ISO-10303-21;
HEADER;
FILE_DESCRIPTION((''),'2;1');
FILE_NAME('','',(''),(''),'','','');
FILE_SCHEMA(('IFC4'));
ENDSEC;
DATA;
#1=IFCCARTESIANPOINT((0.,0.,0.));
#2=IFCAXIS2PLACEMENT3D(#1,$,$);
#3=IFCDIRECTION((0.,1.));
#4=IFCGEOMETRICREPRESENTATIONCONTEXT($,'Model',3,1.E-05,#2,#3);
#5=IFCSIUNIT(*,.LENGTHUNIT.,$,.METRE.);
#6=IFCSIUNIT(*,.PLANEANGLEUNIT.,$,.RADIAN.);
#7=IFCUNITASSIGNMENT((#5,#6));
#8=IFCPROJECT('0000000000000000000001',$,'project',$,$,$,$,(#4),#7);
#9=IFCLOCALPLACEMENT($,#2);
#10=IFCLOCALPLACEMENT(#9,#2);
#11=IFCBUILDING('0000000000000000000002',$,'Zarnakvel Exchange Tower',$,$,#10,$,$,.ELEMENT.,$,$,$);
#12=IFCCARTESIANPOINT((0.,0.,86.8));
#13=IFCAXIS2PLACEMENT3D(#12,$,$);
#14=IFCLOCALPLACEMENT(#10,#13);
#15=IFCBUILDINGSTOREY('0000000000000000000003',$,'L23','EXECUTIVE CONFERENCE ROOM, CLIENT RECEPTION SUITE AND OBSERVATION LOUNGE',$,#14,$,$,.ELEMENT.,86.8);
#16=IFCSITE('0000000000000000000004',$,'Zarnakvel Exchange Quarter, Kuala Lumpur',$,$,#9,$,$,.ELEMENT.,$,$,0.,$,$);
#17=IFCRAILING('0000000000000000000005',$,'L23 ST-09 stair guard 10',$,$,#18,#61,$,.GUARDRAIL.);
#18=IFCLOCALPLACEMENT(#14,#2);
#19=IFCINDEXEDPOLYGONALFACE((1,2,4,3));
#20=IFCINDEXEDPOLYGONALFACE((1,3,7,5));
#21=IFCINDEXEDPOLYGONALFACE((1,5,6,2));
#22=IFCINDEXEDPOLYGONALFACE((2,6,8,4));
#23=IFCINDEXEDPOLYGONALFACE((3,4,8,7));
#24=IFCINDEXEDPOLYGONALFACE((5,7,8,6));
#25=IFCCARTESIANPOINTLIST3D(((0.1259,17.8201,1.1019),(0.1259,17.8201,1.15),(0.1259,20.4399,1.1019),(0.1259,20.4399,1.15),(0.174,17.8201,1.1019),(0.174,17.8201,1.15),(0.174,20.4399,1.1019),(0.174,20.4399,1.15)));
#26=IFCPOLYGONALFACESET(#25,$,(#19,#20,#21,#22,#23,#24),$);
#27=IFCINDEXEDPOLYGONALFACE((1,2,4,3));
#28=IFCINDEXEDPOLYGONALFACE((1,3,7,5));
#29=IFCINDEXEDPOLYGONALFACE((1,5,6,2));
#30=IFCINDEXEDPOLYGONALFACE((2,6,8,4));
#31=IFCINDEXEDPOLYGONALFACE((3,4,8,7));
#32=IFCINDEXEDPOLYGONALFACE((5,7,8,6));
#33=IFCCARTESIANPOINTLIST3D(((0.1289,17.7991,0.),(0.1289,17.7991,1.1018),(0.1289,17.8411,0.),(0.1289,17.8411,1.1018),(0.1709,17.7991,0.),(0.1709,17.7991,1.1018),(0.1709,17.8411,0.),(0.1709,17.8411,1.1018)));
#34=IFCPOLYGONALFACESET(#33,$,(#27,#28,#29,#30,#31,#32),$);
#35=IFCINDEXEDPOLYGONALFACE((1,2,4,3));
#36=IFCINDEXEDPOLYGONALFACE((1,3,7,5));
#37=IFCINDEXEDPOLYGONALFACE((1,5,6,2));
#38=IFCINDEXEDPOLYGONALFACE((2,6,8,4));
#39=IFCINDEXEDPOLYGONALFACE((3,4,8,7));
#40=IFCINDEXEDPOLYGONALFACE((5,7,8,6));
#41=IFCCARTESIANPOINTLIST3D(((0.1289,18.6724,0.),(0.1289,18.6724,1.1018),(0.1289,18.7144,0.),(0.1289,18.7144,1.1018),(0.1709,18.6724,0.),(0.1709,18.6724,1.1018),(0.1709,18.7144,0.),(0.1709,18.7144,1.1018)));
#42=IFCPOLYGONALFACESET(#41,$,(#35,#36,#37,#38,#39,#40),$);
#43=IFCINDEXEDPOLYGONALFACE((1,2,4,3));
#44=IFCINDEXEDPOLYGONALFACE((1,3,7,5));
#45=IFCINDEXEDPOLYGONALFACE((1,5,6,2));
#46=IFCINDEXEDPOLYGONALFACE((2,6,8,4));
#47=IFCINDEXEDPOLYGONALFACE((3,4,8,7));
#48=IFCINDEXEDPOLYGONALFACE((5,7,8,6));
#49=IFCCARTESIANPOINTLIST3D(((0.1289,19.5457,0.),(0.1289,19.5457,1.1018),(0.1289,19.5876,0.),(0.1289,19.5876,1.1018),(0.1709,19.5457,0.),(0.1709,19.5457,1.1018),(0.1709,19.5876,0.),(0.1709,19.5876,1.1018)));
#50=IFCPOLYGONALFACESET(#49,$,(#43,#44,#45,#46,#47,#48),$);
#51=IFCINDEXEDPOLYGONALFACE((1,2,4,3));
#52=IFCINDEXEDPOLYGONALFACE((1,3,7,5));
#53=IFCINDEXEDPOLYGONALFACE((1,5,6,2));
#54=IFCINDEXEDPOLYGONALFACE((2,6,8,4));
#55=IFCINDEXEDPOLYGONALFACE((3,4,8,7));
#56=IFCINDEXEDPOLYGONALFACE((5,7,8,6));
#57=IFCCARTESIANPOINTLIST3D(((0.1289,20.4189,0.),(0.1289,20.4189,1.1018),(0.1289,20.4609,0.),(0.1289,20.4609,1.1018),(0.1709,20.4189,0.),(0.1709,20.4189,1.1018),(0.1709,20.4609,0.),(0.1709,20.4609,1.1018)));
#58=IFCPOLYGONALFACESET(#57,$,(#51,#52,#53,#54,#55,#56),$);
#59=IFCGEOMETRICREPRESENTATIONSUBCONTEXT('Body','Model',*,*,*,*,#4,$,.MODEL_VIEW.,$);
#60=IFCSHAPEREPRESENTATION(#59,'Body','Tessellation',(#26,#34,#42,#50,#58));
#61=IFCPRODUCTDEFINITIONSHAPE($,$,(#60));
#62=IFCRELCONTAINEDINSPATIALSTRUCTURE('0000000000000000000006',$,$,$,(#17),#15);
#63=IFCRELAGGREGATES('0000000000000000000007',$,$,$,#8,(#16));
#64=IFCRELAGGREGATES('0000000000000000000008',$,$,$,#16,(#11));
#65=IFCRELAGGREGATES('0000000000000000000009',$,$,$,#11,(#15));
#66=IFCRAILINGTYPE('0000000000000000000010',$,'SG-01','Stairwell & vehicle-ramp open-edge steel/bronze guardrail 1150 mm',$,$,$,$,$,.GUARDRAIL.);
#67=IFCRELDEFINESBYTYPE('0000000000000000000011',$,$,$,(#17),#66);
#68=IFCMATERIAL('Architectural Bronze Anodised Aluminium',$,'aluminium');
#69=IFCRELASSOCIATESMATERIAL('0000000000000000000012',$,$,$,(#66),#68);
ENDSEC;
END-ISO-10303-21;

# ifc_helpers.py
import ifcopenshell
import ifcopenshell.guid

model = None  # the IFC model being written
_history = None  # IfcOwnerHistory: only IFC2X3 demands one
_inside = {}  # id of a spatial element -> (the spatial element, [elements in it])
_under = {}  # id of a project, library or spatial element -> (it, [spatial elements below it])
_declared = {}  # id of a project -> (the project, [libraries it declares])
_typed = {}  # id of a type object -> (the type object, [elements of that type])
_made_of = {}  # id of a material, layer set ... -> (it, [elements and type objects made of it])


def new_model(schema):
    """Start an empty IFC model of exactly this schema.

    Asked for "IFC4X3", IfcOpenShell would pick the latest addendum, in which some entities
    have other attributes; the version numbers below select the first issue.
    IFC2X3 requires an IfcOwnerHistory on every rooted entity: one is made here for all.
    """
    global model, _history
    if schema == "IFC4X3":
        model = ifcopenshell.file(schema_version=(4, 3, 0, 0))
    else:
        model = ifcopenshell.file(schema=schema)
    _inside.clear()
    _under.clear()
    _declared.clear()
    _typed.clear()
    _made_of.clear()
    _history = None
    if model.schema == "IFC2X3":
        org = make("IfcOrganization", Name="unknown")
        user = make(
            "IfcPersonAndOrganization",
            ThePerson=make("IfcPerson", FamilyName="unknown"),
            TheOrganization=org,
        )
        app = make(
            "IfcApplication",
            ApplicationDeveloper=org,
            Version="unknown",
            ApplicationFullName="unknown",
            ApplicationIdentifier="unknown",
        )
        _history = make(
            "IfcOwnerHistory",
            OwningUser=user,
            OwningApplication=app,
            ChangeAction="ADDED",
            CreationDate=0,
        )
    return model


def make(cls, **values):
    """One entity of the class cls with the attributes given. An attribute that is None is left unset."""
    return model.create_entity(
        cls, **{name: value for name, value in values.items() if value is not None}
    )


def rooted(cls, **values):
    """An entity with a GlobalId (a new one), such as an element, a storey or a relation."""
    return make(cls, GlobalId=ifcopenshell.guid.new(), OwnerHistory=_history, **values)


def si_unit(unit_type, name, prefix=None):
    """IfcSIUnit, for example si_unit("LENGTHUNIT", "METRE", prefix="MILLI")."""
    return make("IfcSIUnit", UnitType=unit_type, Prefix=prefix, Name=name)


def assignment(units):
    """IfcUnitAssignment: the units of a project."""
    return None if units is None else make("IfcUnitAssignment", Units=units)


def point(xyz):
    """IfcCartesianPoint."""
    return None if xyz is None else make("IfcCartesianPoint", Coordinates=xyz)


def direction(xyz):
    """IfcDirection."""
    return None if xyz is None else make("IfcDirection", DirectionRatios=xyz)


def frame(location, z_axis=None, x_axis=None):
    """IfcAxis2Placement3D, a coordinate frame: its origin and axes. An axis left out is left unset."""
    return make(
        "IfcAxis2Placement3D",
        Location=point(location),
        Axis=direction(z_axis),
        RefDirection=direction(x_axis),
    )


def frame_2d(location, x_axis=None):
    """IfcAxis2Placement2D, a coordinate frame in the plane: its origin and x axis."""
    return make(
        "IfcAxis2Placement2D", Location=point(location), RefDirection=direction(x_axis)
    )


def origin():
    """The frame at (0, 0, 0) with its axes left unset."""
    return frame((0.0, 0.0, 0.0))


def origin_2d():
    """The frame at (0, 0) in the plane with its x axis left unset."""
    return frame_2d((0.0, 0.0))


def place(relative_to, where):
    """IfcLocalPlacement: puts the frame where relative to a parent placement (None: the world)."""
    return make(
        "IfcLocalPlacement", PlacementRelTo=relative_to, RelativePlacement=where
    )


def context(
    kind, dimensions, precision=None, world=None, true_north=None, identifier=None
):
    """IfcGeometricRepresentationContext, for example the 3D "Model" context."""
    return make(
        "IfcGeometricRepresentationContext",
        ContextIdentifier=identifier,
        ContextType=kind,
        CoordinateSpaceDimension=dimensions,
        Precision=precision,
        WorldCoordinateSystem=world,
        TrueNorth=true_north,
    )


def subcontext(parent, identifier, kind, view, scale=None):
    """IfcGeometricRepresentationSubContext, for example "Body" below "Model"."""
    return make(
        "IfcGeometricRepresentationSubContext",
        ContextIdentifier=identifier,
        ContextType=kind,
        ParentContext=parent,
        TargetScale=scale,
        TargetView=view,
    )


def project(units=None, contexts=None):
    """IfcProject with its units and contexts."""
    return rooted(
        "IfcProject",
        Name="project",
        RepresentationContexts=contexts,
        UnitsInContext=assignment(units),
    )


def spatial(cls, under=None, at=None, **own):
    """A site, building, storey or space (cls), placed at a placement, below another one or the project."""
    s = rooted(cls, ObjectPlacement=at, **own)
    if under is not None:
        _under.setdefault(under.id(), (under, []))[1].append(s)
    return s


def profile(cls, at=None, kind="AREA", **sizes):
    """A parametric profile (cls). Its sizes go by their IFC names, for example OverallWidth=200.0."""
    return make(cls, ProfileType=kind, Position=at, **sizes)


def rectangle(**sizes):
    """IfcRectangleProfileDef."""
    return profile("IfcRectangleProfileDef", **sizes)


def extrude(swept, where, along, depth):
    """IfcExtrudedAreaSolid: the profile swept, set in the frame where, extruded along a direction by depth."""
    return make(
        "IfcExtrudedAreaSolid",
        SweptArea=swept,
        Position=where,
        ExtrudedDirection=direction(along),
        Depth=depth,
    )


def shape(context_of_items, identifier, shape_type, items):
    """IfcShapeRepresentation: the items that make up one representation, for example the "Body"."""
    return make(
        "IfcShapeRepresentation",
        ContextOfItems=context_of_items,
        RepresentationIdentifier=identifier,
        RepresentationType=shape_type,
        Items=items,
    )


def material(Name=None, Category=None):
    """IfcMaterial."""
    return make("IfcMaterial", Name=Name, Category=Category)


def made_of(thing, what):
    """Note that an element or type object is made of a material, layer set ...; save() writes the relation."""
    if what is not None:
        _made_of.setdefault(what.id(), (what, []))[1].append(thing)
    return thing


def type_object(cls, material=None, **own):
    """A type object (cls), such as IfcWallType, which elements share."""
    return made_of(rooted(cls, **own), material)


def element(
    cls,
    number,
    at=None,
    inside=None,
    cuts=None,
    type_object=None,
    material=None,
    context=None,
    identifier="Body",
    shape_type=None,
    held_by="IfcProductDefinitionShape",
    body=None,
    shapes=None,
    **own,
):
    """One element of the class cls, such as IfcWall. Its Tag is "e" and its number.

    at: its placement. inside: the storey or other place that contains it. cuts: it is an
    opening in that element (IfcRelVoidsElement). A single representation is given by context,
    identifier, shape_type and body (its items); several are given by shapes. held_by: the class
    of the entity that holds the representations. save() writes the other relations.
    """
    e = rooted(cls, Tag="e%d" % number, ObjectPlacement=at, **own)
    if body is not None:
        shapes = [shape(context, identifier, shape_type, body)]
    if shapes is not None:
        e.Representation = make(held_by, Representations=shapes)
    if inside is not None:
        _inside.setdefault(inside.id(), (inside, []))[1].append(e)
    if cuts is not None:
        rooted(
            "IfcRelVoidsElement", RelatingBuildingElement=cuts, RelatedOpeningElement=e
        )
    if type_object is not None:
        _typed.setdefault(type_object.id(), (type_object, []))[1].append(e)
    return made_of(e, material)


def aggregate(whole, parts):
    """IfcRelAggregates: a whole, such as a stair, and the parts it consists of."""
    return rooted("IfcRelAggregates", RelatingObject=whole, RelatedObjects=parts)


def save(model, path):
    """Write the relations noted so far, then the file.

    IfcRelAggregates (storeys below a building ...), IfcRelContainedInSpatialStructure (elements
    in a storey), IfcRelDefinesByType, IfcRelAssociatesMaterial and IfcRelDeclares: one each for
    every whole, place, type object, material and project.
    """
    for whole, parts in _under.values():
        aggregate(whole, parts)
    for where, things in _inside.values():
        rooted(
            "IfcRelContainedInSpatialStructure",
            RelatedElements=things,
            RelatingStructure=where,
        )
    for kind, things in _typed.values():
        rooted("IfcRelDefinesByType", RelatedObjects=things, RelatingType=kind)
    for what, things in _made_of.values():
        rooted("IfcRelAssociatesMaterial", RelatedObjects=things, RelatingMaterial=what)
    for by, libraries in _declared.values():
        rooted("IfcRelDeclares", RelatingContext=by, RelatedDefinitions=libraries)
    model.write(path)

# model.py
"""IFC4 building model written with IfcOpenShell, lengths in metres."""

from ifc_helpers import new_model, si_unit, direction, frame, origin, origin_2d, place, context, subcontext, project, spatial, rectangle, extrude, material, type_object, element, save


model = new_model("IFC4")

# Units and contexts
model_context = context("Model", 3, precision=1e-05, world=origin(), true_north=direction((0.0, 1.0)))
body_context = subcontext(model_context, "Body", "Model", "MODEL_VIEW")
ifc_project = project(units=[si_unit("LENGTHUNIT", "METRE"), si_unit("PLANEANGLEUNIT", "RADIAN")], contexts=[model_context])

# Site, building, storey
site_placement = place(None, origin())
site = spatial("IfcSite", under=ifc_project, at=site_placement, Name="Zarnakvel Exchange Quarter, Kuala Lumpur", CompositionType="ELEMENT", RefElevation=0.0)
building_placement = place(site_placement, origin())
building = spatial("IfcBuilding", under=site, at=building_placement, Name="Zarnakvel Exchange Tower", CompositionType="ELEMENT")
storey_placement = place(building_placement, frame((0.0, 0.0, 86.8)))
storey = spatial("IfcBuildingStorey", under=building, at=storey_placement, Name="L23", Description="EXECUTIVE CONFERENCE ROOM, CLIENT RECEPTION SUITE AND OBSERVATION LOUNGE", CompositionType="ELEMENT", Elevation=86.8)

# Railing
ifc_material_1 = material(Name="Architectural Bronze Anodised Aluminium", Category="aluminium")
railing_type_1 = type_object("IfcRailingType", Name="SG-01", Description="Stairwell & vehicle-ramp open-edge steel/bronze guardrail 1150 mm", PredefinedType="GUARDRAIL", material=ifc_material_1)
railing_1_placement = place(storey_placement, frame((0.1499, 17.8201, 0.0)))
element("IfcRailing", 1, at=railing_1_placement, inside=storey, type_object=railing_type_1, Name="L23 ST-09 stair guard 10", PredefinedType="GUARDRAIL", context=body_context, shape_type="SweptSolid", body=[
    extrude(rectangle(XDim=0.0481, YDim=0.0481, at=origin_2d()), frame((0.0, 0.0, 1.126), z_axis=(0.0, 1.0, 0.0), x_axis=(-1.0, 0.0, 0.0)), (0.0, 0.0, 1.0), 2.6199),
    extrude(rectangle(XDim=0.042, YDim=0.042, at=origin_2d()), origin(), (0.0, 0.0, 1.0), 1.1018),
    extrude(rectangle(XDim=0.042, YDim=0.042, at=origin_2d()), frame((0.0, 0.8733, 0.0)), (0.0, 0.0, 1.0), 1.1018),
    extrude(rectangle(XDim=0.042, YDim=0.042, at=origin_2d()), frame((0.0, 1.7466, 0.0)), (0.0, 0.0, 1.0), 1.1018),
    extrude(rectangle(XDim=0.042, YDim=0.042, at=origin_2d()), frame((0.0, 2.6199, 0.0)), (0.0, 0.0, 1.0), 1.1018),
])

save(model, "model.ifc")
